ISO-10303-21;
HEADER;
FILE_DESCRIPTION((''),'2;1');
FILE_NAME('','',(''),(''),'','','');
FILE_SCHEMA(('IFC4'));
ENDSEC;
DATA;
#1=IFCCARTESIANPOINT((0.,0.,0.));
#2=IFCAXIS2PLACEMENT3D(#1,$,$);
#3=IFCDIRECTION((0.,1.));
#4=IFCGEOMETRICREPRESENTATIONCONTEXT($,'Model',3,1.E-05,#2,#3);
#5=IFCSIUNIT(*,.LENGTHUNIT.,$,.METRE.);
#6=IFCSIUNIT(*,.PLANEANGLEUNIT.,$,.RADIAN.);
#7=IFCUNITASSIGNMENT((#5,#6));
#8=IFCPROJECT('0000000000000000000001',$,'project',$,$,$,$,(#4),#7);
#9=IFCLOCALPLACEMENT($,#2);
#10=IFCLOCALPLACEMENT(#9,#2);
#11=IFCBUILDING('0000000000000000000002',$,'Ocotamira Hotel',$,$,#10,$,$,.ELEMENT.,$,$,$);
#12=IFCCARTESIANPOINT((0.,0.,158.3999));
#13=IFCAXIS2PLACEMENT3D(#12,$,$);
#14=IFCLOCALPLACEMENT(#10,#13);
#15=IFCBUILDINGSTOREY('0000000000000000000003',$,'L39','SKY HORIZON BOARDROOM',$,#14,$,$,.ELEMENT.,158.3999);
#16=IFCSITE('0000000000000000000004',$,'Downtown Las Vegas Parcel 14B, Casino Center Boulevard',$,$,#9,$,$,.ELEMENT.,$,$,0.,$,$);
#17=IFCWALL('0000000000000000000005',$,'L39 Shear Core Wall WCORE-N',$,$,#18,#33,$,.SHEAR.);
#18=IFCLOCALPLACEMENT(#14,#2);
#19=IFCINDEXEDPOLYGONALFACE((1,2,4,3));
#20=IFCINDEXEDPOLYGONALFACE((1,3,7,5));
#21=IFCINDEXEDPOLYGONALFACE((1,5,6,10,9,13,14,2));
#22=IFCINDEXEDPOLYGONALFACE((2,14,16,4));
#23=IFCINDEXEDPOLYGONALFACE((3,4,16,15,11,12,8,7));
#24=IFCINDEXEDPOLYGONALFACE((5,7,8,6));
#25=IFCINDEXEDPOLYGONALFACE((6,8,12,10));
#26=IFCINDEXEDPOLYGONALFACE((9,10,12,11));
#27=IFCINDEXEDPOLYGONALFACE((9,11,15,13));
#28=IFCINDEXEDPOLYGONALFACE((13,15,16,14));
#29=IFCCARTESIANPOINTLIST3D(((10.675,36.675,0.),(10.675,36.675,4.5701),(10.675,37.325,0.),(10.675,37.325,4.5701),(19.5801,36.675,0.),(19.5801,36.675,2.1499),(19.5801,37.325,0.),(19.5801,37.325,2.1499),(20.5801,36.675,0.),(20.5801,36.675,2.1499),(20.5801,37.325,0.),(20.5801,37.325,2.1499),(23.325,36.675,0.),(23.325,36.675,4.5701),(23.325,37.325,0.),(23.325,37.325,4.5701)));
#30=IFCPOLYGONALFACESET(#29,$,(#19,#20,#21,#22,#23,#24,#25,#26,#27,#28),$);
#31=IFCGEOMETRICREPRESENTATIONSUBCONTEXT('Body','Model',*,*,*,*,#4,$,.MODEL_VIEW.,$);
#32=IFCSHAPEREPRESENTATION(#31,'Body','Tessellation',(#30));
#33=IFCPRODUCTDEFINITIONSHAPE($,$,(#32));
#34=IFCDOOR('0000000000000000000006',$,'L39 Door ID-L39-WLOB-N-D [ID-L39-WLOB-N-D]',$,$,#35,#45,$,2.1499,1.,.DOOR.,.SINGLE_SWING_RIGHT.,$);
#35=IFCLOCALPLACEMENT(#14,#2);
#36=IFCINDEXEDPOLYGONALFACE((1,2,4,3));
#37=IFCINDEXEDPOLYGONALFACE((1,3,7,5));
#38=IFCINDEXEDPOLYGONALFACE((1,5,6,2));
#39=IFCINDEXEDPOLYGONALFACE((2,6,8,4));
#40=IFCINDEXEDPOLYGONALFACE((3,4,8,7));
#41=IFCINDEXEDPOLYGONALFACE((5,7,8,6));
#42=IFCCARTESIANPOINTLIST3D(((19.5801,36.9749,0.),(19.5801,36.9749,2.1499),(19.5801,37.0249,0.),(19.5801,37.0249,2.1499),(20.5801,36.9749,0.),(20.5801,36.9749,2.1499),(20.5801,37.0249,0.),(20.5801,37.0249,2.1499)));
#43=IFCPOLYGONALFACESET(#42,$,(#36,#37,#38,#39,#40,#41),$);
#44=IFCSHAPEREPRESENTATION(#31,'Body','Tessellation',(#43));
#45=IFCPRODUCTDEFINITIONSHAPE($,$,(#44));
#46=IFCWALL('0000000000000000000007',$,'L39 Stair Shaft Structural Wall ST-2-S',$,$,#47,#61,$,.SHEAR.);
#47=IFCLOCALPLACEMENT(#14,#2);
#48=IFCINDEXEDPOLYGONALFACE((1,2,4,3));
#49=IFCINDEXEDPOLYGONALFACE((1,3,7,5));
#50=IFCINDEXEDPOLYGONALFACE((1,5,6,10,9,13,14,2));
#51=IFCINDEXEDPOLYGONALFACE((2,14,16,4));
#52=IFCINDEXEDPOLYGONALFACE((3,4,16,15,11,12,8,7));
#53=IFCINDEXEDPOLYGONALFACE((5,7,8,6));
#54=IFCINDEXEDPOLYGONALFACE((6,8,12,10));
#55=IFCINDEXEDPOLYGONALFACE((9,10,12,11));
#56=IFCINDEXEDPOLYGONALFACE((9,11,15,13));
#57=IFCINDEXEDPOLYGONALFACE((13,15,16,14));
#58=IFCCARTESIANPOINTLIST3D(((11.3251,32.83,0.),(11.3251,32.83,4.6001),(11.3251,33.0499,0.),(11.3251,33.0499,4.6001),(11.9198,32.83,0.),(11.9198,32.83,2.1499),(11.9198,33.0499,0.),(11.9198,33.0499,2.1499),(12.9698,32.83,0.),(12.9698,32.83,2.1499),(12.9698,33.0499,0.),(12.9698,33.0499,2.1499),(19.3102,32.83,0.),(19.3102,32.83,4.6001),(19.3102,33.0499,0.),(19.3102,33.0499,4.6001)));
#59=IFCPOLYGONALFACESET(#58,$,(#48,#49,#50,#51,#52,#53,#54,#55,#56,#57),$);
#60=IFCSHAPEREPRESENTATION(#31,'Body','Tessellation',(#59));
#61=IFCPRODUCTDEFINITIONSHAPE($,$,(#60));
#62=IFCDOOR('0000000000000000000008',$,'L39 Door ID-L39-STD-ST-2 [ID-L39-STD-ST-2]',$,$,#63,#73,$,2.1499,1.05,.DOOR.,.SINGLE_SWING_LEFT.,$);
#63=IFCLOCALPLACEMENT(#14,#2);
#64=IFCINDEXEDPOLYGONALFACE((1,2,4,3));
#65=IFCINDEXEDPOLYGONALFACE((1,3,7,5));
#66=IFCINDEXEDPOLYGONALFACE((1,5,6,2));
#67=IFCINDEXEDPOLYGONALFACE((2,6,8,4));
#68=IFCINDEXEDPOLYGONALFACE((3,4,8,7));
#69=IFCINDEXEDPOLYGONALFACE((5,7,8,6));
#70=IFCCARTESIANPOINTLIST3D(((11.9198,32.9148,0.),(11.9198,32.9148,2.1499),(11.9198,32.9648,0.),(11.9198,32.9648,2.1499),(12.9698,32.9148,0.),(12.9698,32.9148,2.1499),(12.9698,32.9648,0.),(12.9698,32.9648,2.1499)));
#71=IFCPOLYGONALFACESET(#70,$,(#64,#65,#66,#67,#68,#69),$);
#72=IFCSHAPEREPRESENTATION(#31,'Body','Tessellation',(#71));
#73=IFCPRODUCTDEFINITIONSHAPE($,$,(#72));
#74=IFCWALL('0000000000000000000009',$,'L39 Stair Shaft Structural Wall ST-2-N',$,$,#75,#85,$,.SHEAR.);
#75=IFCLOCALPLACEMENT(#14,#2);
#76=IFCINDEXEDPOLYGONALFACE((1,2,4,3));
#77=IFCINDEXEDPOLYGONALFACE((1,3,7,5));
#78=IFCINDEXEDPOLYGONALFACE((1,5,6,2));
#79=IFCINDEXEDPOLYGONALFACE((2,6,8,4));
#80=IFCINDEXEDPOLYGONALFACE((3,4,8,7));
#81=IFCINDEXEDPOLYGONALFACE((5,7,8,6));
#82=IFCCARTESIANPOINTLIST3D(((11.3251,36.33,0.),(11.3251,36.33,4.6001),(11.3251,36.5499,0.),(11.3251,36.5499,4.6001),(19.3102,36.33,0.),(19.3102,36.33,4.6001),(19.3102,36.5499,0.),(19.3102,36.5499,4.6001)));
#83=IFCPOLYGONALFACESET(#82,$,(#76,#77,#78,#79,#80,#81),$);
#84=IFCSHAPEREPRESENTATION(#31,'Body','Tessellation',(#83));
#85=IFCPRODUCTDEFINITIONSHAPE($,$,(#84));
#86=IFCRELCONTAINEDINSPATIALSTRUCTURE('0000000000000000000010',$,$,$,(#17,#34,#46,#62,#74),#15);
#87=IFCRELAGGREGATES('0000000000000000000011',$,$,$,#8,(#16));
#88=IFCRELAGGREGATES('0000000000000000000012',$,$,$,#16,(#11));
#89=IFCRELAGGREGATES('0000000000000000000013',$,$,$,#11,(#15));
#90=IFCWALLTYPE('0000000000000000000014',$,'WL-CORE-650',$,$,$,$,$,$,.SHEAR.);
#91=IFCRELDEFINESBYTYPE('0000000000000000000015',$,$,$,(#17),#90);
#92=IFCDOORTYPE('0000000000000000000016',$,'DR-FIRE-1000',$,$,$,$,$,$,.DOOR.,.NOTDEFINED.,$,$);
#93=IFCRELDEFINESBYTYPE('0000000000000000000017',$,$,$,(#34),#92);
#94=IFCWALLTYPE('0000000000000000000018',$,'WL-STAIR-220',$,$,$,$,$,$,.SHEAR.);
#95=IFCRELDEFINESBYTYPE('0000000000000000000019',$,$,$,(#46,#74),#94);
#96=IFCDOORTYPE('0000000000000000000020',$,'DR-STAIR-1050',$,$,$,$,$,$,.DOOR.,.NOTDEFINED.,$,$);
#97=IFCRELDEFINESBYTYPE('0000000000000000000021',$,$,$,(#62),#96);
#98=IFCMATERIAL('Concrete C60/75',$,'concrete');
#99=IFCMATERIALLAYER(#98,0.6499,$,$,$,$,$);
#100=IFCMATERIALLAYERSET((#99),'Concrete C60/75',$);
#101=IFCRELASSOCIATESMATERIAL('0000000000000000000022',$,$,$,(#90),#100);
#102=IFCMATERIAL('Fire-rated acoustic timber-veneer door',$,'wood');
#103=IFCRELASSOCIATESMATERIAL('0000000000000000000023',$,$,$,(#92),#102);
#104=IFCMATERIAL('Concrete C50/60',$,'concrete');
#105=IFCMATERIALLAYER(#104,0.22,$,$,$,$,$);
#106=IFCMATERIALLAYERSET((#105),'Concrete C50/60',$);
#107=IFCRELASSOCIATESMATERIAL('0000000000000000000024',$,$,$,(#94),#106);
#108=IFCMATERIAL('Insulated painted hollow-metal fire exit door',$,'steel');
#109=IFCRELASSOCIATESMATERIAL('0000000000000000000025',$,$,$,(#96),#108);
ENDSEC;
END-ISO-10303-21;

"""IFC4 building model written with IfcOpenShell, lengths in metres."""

from ifc_helpers import new_model, si_unit, direction, frame, frame_2d, origin, place, context, subcontext, project, spatial, rectangle, extrude, source, transform, mapped, material, layer, layer_set, type_object, element, fill, save


model = new_model("IFC4")

# Units and contexts
model_context = context("Model", 3, precision=1e-05, world=origin(), true_north=direction((0.0, 1.0)))
body_context = subcontext(model_context, "Body", "Model", "MODEL_VIEW")
ifc_project = project(units=[si_unit("LENGTHUNIT", "METRE"), si_unit("PLANEANGLEUNIT", "RADIAN")], contexts=[model_context])

# Site, building, storey
site_placement = place(None, origin())
site = spatial("IfcSite", under=ifc_project, at=site_placement, Name="Downtown Las Vegas Parcel 14B, Casino Center Boulevard", CompositionType="ELEMENT", RefElevation=0.0)
building_placement = place(site_placement, origin())
building = spatial("IfcBuilding", under=site, at=building_placement, Name="Ocotamira Hotel", CompositionType="ELEMENT")
storey_placement = place(building_placement, frame((0.0, 0.0, 158.3999)))
storey = spatial("IfcBuildingStorey", under=building, at=storey_placement, Name="L39", Description="SKY HORIZON BOARDROOM", CompositionType="ELEMENT", Elevation=158.3999)

# Walls, openings, doors
ifc_material_1 = material(Name="Concrete C60/75", Category="concrete")
ifc_layer_1 = layer(ifc_material_1, 0.6499)
ifc_layer_set_1 = layer_set([ifc_layer_1], Name="Concrete C60/75")
wall_type_1 = type_object("IfcWallType", Name="WL-CORE-650", PredefinedType="SHEAR", material=ifc_layer_set_1)
wall_1_placement = place(storey_placement, frame((10.675, 37.0, 0.0), z_axis=(0.0, 0.0, 1.0), x_axis=(1.0, 0.0, 0.0)))
wall_1 = element("IfcWall", 1, at=wall_1_placement, inside=storey, type_object=wall_type_1, Name="L39 Shear Core Wall WCORE-N", PredefinedType="SHEAR", context=body_context, shape_type="SweptSolid", body=[
    extrude(rectangle(XDim=12.6499, YDim=0.6499, at=frame_2d((6.325, 0.0))), origin(), (0.0, 0.0, 1.0), 4.5701),
])
opening_1_placement = place(wall_1_placement, frame((8.905, 0.0, 0.0)))
opening_1 = element("IfcOpeningElement", 2, at=opening_1_placement, cuts=wall_1, PredefinedType="OPENING", context=body_context, shape_type="SweptSolid", body=[
    extrude(rectangle(XDim=1.0, YDim=2.1499, at=frame_2d((0.5, 1.075))), frame((0.0, 0.335, 0.0), z_axis=(0.0, -1.0, 0.0), x_axis=(1.0, 0.0, 0.0)), (0.0, 0.0, 1.0), 0.6699),
])
ifc_material_2 = material(Name="Fire-rated acoustic timber-veneer door", Category="wood")
door_type_1 = type_object("IfcDoorType", Name="DR-FIRE-1000", OperationType="NOTDEFINED", PredefinedType="DOOR", material=ifc_material_2)
shared_shape_1 = source(origin(), body_context, "Body", "SweptSolid", [
    extrude(rectangle(XDim=1.0, YDim=2.1499, at=frame_2d((0.5, 1.075))), frame((0.0, 0.0249, 0.0), z_axis=(0.0, -1.0, 0.0), x_axis=(1.0, 0.0, 0.0)), (0.0, 0.0, 1.0), 0.05),
])
door_1_placement = place(opening_1_placement, origin())
door_1 = element("IfcDoor", 3, at=door_1_placement, inside=storey, type_object=door_type_1, Name="L39 Door ID-L39-WLOB-N-D [ID-L39-WLOB-N-D]", OperationType="SINGLE_SWING_RIGHT", OverallHeight=2.1499, OverallWidth=1.0, PredefinedType="DOOR", context=body_context, shape_type="MappedRepresentation", body=[
    mapped(shared_shape_1, transform((0.0, 0.0, 0.0), scale=1.0)),
])
fill(opening_1, door_1)
ifc_material_3 = material(Name="Concrete C50/60", Category="concrete")
ifc_layer_2 = layer(ifc_material_3, 0.22)
ifc_layer_set_2 = layer_set([ifc_layer_2], Name="Concrete C50/60")
wall_type_2 = type_object("IfcWallType", Name="WL-STAIR-220", PredefinedType="SHEAR", material=ifc_layer_set_2)
wall_2_placement = place(storey_placement, frame((11.325, 32.9399, 0.0), z_axis=(0.0, 0.0, 1.0), x_axis=(1.0, 0.0, 0.0)))
wall_2 = element("IfcWall", 4, at=wall_2_placement, inside=storey, type_object=wall_type_2, Name="L39 Stair Shaft Structural Wall ST-2-S", PredefinedType="SHEAR", context=body_context, shape_type="SweptSolid", body=[
    extrude(rectangle(XDim=7.9851, YDim=0.22, at=frame_2d((3.9927, 0.0))), origin(), (0.0, 0.0, 1.0), 4.6001),
])
opening_2_placement = place(wall_2_placement, frame((0.595, 0.0, 0.0)))
opening_2 = element("IfcOpeningElement", 5, at=opening_2_placement, cuts=wall_2, PredefinedType="OPENING", context=body_context, shape_type="SweptSolid", body=[
    extrude(rectangle(XDim=1.05, YDim=2.1499, at=frame_2d((0.5249, 1.075))), frame((0.0, 0.1201, 0.0), z_axis=(0.0, -1.0, 0.0), x_axis=(1.0, 0.0, 0.0)), (0.0, 0.0, 1.0), 0.24),
])
ifc_material_4 = material(Name="Insulated painted hollow-metal fire exit door", Category="steel")
door_type_2 = type_object("IfcDoorType", Name="DR-STAIR-1050", OperationType="NOTDEFINED", PredefinedType="DOOR", material=ifc_material_4)
shared_shape_2 = source(origin(), body_context, "Body", "SweptSolid", [
    extrude(rectangle(XDim=1.05, YDim=2.1499, at=frame_2d((0.5249, 1.075))), frame((0.0, 0.0249, 0.0), z_axis=(0.0, -1.0, 0.0), x_axis=(1.0, 0.0, 0.0)), (0.0, 0.0, 1.0), 0.05),
])
door_2_placement = place(opening_2_placement, origin())
door_2 = element("IfcDoor", 6, at=door_2_placement, inside=storey, type_object=door_type_2, Name="L39 Door ID-L39-STD-ST-2 [ID-L39-STD-ST-2]", OperationType="SINGLE_SWING_LEFT", OverallHeight=2.1499, OverallWidth=1.05, PredefinedType="DOOR", context=body_context, shape_type="MappedRepresentation", body=[
    mapped(shared_shape_2, transform((0.0, 0.0, 0.0), scale=1.0)),
])
fill(opening_2, door_2)

# Wall
wall_3_placement = place(storey_placement, frame((11.325, 36.4399, 0.0), z_axis=(0.0, 0.0, 1.0), x_axis=(1.0, 0.0, 0.0)))
element("IfcWall", 7, at=wall_3_placement, inside=storey, type_object=wall_type_2, Name="L39 Stair Shaft Structural Wall ST-2-N", PredefinedType="SHEAR", context=body_context, shape_type="SweptSolid", body=[
    extrude(rectangle(XDim=7.9851, YDim=0.22, at=frame_2d((3.9927, 0.0))), origin(), (0.0, 0.0, 1.0), 4.6001),
])

save(model, "model.ifc")
